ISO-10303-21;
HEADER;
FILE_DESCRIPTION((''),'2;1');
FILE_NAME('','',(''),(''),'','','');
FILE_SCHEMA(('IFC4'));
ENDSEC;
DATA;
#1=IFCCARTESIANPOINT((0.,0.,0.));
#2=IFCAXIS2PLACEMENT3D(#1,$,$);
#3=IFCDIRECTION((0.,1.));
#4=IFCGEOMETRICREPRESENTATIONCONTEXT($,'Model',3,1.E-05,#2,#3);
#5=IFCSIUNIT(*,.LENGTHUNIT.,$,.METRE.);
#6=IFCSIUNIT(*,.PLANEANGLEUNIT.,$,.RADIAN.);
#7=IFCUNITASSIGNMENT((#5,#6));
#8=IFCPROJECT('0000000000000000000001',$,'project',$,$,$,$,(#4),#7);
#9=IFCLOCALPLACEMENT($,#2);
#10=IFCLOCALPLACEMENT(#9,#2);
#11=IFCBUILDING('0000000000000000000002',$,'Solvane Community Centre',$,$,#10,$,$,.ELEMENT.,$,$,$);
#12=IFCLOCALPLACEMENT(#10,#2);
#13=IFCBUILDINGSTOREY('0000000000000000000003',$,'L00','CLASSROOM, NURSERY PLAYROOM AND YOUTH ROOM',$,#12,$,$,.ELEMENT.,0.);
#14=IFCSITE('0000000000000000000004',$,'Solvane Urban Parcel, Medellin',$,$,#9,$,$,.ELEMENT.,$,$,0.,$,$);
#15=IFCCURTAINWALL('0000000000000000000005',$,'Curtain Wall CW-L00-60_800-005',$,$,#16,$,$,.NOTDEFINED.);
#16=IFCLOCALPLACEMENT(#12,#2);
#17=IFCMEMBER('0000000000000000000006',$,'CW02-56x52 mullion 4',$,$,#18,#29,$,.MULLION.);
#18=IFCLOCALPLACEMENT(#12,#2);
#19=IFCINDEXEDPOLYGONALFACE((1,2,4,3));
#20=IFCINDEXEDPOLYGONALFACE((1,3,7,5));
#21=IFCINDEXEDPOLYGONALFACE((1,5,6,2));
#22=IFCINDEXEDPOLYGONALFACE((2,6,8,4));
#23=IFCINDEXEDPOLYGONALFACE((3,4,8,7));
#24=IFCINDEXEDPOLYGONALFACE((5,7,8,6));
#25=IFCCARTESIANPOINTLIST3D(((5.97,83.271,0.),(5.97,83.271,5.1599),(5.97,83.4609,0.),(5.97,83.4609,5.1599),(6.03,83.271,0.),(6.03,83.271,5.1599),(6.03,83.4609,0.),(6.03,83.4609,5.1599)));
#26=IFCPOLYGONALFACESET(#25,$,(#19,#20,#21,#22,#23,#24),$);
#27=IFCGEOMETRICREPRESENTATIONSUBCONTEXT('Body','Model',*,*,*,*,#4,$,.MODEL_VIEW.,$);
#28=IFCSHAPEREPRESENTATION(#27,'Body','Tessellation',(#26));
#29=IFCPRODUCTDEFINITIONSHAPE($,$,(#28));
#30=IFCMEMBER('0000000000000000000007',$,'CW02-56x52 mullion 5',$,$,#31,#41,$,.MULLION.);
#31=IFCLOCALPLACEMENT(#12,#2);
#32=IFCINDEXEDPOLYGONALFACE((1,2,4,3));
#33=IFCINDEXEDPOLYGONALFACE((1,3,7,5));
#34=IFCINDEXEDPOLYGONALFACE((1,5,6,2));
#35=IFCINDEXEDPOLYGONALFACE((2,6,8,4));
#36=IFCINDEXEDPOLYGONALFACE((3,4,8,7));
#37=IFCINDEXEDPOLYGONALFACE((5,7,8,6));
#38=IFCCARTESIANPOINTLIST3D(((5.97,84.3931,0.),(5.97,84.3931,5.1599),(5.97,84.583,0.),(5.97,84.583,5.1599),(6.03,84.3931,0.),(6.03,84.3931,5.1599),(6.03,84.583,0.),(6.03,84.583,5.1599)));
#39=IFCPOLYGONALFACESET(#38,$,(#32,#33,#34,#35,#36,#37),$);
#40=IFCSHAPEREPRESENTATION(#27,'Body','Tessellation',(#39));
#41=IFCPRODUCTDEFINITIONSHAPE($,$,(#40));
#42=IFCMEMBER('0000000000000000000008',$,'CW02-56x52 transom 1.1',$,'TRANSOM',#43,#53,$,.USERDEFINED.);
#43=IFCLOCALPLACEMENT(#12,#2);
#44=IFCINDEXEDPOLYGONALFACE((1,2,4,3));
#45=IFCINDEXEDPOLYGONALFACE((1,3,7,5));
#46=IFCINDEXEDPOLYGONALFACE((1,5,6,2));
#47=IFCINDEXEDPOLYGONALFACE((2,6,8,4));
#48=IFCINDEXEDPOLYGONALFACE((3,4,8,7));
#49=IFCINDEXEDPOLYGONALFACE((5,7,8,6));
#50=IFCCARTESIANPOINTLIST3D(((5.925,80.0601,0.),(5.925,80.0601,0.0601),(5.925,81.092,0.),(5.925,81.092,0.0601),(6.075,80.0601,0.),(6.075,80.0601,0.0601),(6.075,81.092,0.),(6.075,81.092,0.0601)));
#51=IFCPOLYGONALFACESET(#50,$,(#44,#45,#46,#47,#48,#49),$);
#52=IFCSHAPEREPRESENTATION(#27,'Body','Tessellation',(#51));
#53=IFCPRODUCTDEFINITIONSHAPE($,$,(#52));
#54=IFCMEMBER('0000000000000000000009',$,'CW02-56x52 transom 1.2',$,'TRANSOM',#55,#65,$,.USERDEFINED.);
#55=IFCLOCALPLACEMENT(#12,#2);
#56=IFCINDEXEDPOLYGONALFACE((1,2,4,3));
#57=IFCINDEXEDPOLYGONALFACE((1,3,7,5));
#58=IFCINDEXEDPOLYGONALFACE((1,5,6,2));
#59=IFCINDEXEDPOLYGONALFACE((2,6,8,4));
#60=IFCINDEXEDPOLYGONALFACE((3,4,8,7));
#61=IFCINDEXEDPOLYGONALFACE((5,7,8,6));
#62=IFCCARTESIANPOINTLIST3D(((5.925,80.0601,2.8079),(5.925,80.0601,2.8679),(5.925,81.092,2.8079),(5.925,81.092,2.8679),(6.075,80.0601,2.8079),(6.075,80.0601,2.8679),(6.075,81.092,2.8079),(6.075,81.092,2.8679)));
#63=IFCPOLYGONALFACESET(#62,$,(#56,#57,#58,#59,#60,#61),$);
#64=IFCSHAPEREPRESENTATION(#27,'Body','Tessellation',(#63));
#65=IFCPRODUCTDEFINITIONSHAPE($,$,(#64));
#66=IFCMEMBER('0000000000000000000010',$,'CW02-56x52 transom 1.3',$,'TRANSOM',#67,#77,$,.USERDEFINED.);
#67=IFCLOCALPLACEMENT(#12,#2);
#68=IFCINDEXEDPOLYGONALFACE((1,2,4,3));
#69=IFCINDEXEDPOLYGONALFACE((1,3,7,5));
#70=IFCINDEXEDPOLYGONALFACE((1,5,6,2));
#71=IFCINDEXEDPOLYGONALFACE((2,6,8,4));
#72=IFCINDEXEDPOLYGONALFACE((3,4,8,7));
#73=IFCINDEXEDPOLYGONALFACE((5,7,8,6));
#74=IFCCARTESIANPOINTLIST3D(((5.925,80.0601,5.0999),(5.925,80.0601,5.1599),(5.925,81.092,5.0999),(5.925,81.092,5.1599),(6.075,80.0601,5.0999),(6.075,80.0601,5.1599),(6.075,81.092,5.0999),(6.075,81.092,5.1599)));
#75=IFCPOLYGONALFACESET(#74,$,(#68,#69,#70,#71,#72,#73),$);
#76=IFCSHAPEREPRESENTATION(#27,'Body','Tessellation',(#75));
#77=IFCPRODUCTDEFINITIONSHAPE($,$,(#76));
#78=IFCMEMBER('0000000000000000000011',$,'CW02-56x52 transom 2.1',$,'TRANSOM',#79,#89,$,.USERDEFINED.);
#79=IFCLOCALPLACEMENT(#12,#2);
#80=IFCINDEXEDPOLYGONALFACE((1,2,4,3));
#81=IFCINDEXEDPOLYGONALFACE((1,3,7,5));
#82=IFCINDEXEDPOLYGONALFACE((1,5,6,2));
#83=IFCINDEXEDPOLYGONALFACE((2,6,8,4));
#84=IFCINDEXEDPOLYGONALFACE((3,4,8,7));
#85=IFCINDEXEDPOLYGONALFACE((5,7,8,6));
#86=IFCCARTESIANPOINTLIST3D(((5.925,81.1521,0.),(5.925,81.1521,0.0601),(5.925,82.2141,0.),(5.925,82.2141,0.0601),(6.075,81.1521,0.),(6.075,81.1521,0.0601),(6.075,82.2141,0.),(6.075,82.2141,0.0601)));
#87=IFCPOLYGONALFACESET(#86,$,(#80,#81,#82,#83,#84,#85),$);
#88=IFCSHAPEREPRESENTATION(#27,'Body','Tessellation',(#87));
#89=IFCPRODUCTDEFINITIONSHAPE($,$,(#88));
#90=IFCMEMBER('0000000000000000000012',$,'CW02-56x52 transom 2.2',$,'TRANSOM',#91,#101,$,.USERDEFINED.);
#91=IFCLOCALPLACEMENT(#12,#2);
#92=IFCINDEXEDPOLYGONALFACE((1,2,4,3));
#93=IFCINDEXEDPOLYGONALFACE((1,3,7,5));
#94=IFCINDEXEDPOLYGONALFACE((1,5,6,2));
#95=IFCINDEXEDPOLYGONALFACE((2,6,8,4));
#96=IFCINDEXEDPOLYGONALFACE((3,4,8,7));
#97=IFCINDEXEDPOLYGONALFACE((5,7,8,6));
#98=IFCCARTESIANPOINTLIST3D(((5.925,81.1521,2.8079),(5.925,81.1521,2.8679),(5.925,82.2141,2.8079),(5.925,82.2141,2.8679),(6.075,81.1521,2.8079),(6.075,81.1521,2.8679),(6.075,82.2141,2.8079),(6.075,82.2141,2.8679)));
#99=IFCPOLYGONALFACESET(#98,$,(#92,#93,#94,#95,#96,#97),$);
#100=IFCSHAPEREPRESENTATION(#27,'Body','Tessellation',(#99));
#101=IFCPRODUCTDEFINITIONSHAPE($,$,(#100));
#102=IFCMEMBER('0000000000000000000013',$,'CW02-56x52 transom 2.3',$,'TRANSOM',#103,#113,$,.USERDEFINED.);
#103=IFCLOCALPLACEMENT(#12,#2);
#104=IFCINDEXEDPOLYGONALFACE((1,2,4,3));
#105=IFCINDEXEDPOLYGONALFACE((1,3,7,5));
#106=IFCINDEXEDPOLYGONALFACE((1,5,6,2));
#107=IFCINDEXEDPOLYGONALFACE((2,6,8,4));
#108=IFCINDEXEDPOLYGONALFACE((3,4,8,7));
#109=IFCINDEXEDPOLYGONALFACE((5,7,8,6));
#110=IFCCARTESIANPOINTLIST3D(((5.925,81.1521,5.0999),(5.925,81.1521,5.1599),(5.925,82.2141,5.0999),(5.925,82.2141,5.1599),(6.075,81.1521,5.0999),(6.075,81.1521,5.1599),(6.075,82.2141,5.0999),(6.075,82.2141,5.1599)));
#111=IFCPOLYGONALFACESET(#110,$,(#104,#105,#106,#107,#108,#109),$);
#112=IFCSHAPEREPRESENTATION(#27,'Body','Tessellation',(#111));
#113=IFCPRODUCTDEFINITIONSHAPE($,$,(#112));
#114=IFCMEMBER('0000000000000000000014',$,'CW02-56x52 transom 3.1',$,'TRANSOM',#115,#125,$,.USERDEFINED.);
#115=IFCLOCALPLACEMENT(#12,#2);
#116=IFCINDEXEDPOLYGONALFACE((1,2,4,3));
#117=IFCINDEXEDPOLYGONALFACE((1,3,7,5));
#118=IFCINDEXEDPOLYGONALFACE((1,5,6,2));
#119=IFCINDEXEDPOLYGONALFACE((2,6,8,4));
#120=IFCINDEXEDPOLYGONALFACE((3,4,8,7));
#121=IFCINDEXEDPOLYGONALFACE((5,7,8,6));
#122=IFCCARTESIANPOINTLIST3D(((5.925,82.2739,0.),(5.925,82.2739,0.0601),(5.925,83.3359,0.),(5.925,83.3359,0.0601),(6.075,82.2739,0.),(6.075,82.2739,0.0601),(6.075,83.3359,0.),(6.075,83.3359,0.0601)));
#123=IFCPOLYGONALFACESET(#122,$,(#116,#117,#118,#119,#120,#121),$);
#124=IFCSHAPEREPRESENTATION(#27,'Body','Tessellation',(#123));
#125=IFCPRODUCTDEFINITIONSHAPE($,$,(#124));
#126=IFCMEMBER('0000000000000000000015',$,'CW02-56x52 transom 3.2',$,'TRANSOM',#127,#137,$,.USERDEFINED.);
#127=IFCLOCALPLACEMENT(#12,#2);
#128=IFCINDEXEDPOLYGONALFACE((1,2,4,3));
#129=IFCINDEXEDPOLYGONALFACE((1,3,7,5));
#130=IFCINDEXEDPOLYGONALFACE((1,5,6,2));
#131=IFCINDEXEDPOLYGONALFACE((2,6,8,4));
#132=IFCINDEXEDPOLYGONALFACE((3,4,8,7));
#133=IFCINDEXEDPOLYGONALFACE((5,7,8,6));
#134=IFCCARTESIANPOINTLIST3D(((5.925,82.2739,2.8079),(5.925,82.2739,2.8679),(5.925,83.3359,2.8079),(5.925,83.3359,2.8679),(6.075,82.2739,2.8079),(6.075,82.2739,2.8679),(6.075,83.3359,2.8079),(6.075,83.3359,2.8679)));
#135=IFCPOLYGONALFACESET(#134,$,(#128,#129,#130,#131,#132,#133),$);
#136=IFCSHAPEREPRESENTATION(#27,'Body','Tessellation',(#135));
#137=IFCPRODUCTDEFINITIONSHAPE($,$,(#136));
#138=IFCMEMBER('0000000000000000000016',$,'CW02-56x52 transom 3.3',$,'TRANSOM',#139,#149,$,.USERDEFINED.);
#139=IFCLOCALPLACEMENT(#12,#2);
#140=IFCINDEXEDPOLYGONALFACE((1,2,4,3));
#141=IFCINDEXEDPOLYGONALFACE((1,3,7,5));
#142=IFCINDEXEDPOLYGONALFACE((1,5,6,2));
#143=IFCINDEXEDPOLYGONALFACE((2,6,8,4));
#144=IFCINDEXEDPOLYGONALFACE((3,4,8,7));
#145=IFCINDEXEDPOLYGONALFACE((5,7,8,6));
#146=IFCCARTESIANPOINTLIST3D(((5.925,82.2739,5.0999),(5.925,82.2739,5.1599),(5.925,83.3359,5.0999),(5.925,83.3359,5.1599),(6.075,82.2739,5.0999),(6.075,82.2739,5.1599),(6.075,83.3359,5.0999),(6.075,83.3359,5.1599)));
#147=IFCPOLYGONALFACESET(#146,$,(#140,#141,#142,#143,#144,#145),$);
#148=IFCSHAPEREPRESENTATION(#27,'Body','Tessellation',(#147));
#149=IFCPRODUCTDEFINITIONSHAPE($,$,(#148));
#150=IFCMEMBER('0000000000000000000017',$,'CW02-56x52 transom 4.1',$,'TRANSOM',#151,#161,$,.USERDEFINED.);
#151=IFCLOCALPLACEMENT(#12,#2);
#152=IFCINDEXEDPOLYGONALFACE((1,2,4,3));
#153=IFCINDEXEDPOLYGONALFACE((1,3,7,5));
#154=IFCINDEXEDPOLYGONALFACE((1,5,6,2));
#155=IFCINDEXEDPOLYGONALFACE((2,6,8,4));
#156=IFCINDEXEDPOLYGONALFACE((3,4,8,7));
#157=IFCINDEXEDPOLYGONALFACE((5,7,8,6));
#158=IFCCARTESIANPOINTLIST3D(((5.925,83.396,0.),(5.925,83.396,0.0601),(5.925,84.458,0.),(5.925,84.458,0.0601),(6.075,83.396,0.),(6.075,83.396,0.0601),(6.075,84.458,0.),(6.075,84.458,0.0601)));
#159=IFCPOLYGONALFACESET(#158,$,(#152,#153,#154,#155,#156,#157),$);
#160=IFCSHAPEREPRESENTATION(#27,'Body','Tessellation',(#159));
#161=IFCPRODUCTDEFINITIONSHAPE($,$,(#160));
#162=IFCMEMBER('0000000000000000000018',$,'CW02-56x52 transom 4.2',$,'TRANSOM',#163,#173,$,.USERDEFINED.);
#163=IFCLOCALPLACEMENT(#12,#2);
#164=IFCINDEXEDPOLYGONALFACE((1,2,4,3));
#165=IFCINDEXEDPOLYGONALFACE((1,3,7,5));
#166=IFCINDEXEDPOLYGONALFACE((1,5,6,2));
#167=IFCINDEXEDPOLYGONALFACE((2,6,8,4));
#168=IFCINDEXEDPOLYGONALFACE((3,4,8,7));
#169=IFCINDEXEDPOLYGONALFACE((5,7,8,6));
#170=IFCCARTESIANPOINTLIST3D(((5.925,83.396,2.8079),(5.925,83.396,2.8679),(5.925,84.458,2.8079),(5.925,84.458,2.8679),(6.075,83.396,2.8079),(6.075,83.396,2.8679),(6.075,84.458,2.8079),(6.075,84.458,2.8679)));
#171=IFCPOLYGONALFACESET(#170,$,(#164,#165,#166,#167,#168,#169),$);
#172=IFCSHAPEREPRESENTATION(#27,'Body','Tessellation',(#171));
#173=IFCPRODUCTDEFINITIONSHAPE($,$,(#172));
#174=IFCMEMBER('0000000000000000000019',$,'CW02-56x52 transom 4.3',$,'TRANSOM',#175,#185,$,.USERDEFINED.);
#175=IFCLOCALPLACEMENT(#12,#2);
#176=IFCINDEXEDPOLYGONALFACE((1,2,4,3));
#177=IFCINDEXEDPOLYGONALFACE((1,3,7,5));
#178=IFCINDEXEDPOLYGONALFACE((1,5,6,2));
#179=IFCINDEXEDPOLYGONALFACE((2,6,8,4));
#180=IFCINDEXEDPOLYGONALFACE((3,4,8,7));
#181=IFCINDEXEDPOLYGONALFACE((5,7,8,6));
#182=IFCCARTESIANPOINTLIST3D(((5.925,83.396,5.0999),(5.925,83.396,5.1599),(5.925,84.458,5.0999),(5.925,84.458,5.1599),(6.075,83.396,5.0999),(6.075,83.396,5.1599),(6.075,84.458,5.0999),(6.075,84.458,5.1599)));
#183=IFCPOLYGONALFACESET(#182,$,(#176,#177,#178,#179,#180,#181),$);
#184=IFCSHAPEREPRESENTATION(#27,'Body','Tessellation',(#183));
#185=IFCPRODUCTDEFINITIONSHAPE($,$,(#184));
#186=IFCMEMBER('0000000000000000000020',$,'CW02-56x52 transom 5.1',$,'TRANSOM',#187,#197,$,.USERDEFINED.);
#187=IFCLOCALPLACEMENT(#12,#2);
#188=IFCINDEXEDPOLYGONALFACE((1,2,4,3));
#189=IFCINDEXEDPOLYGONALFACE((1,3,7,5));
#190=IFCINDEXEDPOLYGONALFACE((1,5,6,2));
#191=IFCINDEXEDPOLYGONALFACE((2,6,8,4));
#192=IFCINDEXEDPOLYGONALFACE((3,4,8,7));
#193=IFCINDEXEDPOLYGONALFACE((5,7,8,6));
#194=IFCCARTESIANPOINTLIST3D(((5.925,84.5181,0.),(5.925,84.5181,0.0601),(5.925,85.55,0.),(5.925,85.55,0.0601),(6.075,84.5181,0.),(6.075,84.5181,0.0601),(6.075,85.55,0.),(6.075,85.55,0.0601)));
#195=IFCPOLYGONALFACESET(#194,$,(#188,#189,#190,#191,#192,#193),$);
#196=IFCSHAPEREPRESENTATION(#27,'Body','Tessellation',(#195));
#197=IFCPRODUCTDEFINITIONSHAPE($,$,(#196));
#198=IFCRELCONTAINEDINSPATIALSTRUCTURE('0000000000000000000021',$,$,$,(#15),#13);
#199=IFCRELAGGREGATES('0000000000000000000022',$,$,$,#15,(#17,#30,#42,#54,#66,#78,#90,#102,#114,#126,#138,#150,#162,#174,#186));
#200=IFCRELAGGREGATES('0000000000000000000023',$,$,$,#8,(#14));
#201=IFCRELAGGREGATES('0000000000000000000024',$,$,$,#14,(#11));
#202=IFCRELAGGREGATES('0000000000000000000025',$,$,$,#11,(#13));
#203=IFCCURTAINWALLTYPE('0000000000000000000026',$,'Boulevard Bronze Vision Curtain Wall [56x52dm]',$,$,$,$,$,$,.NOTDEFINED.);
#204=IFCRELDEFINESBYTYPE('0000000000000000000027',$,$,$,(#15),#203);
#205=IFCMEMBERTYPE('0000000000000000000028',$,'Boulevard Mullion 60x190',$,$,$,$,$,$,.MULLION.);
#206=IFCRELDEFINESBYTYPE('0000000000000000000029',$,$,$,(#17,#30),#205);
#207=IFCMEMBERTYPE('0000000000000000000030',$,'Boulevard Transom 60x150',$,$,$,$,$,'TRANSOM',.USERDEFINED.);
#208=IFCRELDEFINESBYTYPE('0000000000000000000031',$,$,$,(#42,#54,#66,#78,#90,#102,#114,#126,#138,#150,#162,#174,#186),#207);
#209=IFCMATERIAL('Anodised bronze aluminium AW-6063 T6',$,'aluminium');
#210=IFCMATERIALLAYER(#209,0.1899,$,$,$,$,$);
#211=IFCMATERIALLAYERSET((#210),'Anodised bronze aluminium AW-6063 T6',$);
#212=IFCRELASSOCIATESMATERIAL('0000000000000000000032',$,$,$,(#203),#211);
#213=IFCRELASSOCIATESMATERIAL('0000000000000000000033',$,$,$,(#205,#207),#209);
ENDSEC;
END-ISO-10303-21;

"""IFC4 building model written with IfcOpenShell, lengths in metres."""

from ifc_helpers import new_model, si_unit, direction, frame, origin, origin_2d, place, context, subcontext, project, spatial, rectangle, extrude, material, layer, layer_set, material_profile, profile_set, type_object, element, aggregate, save


model = new_model("IFC4")

# Units and contexts
model_context = context("Model", 3, precision=1e-05, world=origin(), true_north=direction((0.0, 1.0)))
body_context = subcontext(model_context, "Body", "Model", "MODEL_VIEW")
ifc_project = project(units=[si_unit("LENGTHUNIT", "METRE"), si_unit("PLANEANGLEUNIT", "RADIAN")], contexts=[model_context])

# Site, building, storey
site_placement = place(None, origin())
site = spatial("IfcSite", under=ifc_project, at=site_placement, Name="Solvane Urban Parcel, Medellin", CompositionType="ELEMENT", RefElevation=0.0)
building_placement = place(site_placement, origin())
building = spatial("IfcBuilding", under=site, at=building_placement, Name="Solvane Community Centre", CompositionType="ELEMENT")
storey_placement = place(building_placement, origin())
storey = spatial("IfcBuildingStorey", under=building, at=storey_placement, Name="L00", Description="CLASSROOM, NURSERY PLAYROOM AND YOUTH ROOM", CompositionType="ELEMENT", Elevation=0.0)

# Curtain wall, members
ifc_material_1 = material(Name="Anodised bronze aluminium AW-6063 T6", Category="aluminium")
ifc_layer_1 = layer(ifc_material_1, 0.1899)
ifc_layer_set_1 = layer_set([ifc_layer_1], Name="Anodised bronze aluminium AW-6063 T6")
curtain_wall_type = type_object("IfcCurtainWallType", Name="Boulevard Bronze Vision Curtain Wall [56x52dm]", PredefinedType="NOTDEFINED", material=ifc_layer_set_1)
curtain_wall_placement = place(storey_placement, origin())
curtain_wall = element("IfcCurtainWall", 1, at=curtain_wall_placement, inside=storey, type_object=curtain_wall_type, Name="Curtain Wall CW-L00-60_800-005", PredefinedType="NOTDEFINED")
ifc_material_profile_1 = material_profile(ifc_material_1, rectangle(XDim=0.0601, YDim=0.1899, at=origin_2d()), Name="CW-M 60x190")
ifc_profile_set_1 = profile_set([ifc_material_profile_1], Name="Anodised bronze aluminium AW-6063 T6")
member_type_1 = type_object("IfcMemberType", Name="Boulevard Mullion 60x190", PredefinedType="MULLION", material=ifc_profile_set_1)
member_1_placement = place(storey_placement, frame((6.0, 83.366, 0.0), z_axis=(0.0, 0.0, 1.0), x_axis=(-1.0, 0.0, 0.0)))
member_1 = element("IfcMember", 2, at=member_1_placement, type_object=member_type_1, Name="CW02-56x52 mullion 4", PredefinedType="MULLION", context=body_context, shape_type="SweptSolid", body=[
    extrude(rectangle(XDim=0.0601, YDim=0.1899, at=origin_2d()), origin(), (0.0, 0.0, 1.0), 5.1599),
])
member_2_placement = place(storey_placement, frame((6.0, 84.488, 0.0), z_axis=(0.0, 0.0, 1.0), x_axis=(-1.0, 0.0, 0.0)))
member_2 = element("IfcMember", 3, at=member_2_placement, type_object=member_type_1, Name="CW02-56x52 mullion 5", PredefinedType="MULLION", context=body_context, shape_type="SweptSolid", body=[
    extrude(rectangle(XDim=0.0601, YDim=0.1899, at=origin_2d()), origin(), (0.0, 0.0, 1.0), 5.1599),
])
ifc_material_profile_2 = material_profile(ifc_material_1, rectangle(XDim=0.1499, YDim=0.0601, at=origin_2d()), Name="CW-T 60x150")
ifc_profile_set_2 = profile_set([ifc_material_profile_2], Name="Anodised bronze aluminium AW-6063 T6")
member_type_2 = type_object("IfcMemberType", Name="Boulevard Transom 60x150", ElementType="TRANSOM", PredefinedType="USERDEFINED", material=ifc_profile_set_2)
member_3_placement = place(storey_placement, frame((6.0, 80.0601, 0.03), z_axis=(0.0, 1.0, 0.0), x_axis=(-1.0, 0.0, 0.0)))
member_3 = element("IfcMember", 4, at=member_3_placement, type_object=member_type_2, Name="CW02-56x52 transom 1.1", ObjectType="TRANSOM", PredefinedType="USERDEFINED", context=body_context, shape_type="SweptSolid", body=[
    extrude(rectangle(XDim=0.1499, YDim=0.0601, at=origin_2d()), origin(), (0.0, 0.0, 1.0), 1.032),
])
member_4_placement = place(storey_placement, frame((6.0, 80.0601, 2.8379), z_axis=(0.0, 1.0, 0.0), x_axis=(-1.0, 0.0, 0.0)))
member_4 = element("IfcMember", 5, at=member_4_placement, type_object=member_type_2, Name="CW02-56x52 transom 1.2", ObjectType="TRANSOM", PredefinedType="USERDEFINED", context=body_context, shape_type="SweptSolid", body=[
    extrude(rectangle(XDim=0.1499, YDim=0.0601, at=origin_2d()), origin(), (0.0, 0.0, 1.0), 1.032),
])
member_5_placement = place(storey_placement, frame((6.0, 80.0601, 5.1299), z_axis=(0.0, 1.0, 0.0), x_axis=(-1.0, 0.0, 0.0)))
member_5 = element("IfcMember", 6, at=member_5_placement, type_object=member_type_2, Name="CW02-56x52 transom 1.3", ObjectType="TRANSOM", PredefinedType="USERDEFINED", context=body_context, shape_type="SweptSolid", body=[
    extrude(rectangle(XDim=0.1499, YDim=0.0601, at=origin_2d()), origin(), (0.0, 0.0, 1.0), 1.032),
])
member_6_placement = place(storey_placement, frame((6.0, 81.1521, 0.03), z_axis=(0.0, 1.0, 0.0), x_axis=(-1.0, 0.0, 0.0)))
member_6 = element("IfcMember", 7, at=member_6_placement, type_object=member_type_2, Name="CW02-56x52 transom 2.1", ObjectType="TRANSOM", PredefinedType="USERDEFINED", context=body_context, shape_type="SweptSolid", body=[
    extrude(rectangle(XDim=0.1499, YDim=0.0601, at=origin_2d()), origin(), (0.0, 0.0, 1.0), 1.062),
])
member_7_placement = place(storey_placement, frame((6.0, 81.1521, 2.8379), z_axis=(0.0, 1.0, 0.0), x_axis=(-1.0, 0.0, 0.0)))
member_7 = element("IfcMember", 8, at=member_7_placement, type_object=member_type_2, Name="CW02-56x52 transom 2.2", ObjectType="TRANSOM", PredefinedType="USERDEFINED", context=body_context, shape_type="SweptSolid", body=[
    extrude(rectangle(XDim=0.1499, YDim=0.0601, at=origin_2d()), origin(), (0.0, 0.0, 1.0), 1.062),
])
member_8_placement = place(storey_placement, frame((6.0, 81.1521, 5.1299), z_axis=(0.0, 1.0, 0.0), x_axis=(-1.0, 0.0, 0.0)))
member_8 = element("IfcMember", 9, at=member_8_placement, type_object=member_type_2, Name="CW02-56x52 transom 2.3", ObjectType="TRANSOM", PredefinedType="USERDEFINED", context=body_context, shape_type="SweptSolid", body=[
    extrude(rectangle(XDim=0.1499, YDim=0.0601, at=origin_2d()), origin(), (0.0, 0.0, 1.0), 1.062),
])
member_9_placement = place(storey_placement, frame((6.0, 82.2739, 0.03), z_axis=(0.0, 1.0, 0.0), x_axis=(-1.0, 0.0, 0.0)))
member_9 = element("IfcMember", 10, at=member_9_placement, type_object=member_type_2, Name="CW02-56x52 transom 3.1", ObjectType="TRANSOM", PredefinedType="USERDEFINED", context=body_context, shape_type="SweptSolid", body=[
    extrude(rectangle(XDim=0.1499, YDim=0.0601, at=origin_2d()), origin(), (0.0, 0.0, 1.0), 1.062),
])
member_10_placement = place(storey_placement, frame((6.0, 82.2739, 2.8379), z_axis=(0.0, 1.0, 0.0), x_axis=(-1.0, 0.0, 0.0)))
member_10 = element("IfcMember", 11, at=member_10_placement, type_object=member_type_2, Name="CW02-56x52 transom 3.2", ObjectType="TRANSOM", PredefinedType="USERDEFINED", context=body_context, shape_type="SweptSolid", body=[
    extrude(rectangle(XDim=0.1499, YDim=0.0601, at=origin_2d()), origin(), (0.0, 0.0, 1.0), 1.062),
])
member_11_placement = place(storey_placement, frame((6.0, 82.2739, 5.1299), z_axis=(0.0, 1.0, 0.0), x_axis=(-1.0, 0.0, 0.0)))
member_11 = element("IfcMember", 12, at=member_11_placement, type_object=member_type_2, Name="CW02-56x52 transom 3.3", ObjectType="TRANSOM", PredefinedType="USERDEFINED", context=body_context, shape_type="SweptSolid", body=[
    extrude(rectangle(XDim=0.1499, YDim=0.0601, at=origin_2d()), origin(), (0.0, 0.0, 1.0), 1.062),
])
member_12_placement = place(storey_placement, frame((6.0, 83.396, 0.03), z_axis=(0.0, 1.0, 0.0), x_axis=(-1.0, 0.0, 0.0)))
member_12 = element("IfcMember", 13, at=member_12_placement, type_object=member_type_2, Name="CW02-56x52 transom 4.1", ObjectType="TRANSOM", PredefinedType="USERDEFINED", context=body_context, shape_type="SweptSolid", body=[
    extrude(rectangle(XDim=0.1499, YDim=0.0601, at=origin_2d()), origin(), (0.0, 0.0, 1.0), 1.062),
])
member_13_placement = place(storey_placement, frame((6.0, 83.396, 2.8379), z_axis=(0.0, 1.0, 0.0), x_axis=(-1.0, 0.0, 0.0)))
member_13 = element("IfcMember", 14, at=member_13_placement, type_object=member_type_2, Name="CW02-56x52 transom 4.2", ObjectType="TRANSOM", PredefinedType="USERDEFINED", context=body_context, shape_type="SweptSolid", body=[
    extrude(rectangle(XDim=0.1499, YDim=0.0601, at=origin_2d()), origin(), (0.0, 0.0, 1.0), 1.062),
])
member_14_placement = place(storey_placement, frame((6.0, 83.396, 5.1299), z_axis=(0.0, 1.0, 0.0), x_axis=(-1.0, 0.0, 0.0)))
member_14 = element("IfcMember", 15, at=member_14_placement, type_object=member_type_2, Name="CW02-56x52 transom 4.3", ObjectType="TRANSOM", PredefinedType="USERDEFINED", context=body_context, shape_type="SweptSolid", body=[
    extrude(rectangle(XDim=0.1499, YDim=0.0601, at=origin_2d()), origin(), (0.0, 0.0, 1.0), 1.062),
])
member_15_placement = place(storey_placement, frame((6.0, 84.5181, 0.03), z_axis=(0.0, 1.0, 0.0), x_axis=(-1.0, 0.0, 0.0)))
member_15 = element("IfcMember", 16, at=member_15_placement, type_object=member_type_2, Name="CW02-56x52 transom 5.1", ObjectType="TRANSOM", PredefinedType="USERDEFINED", context=body_context, shape_type="SweptSolid", body=[
    extrude(rectangle(XDim=0.1499, YDim=0.0601, at=origin_2d()), origin(), (0.0, 0.0, 1.0), 1.032),
])
aggregate(curtain_wall, [member_1, member_2, member_3, member_4, member_5, member_6, member_7, member_8, member_9, member_10, member_11, member_12, member_13, member_14, member_15])

save(model, "model.ifc")
